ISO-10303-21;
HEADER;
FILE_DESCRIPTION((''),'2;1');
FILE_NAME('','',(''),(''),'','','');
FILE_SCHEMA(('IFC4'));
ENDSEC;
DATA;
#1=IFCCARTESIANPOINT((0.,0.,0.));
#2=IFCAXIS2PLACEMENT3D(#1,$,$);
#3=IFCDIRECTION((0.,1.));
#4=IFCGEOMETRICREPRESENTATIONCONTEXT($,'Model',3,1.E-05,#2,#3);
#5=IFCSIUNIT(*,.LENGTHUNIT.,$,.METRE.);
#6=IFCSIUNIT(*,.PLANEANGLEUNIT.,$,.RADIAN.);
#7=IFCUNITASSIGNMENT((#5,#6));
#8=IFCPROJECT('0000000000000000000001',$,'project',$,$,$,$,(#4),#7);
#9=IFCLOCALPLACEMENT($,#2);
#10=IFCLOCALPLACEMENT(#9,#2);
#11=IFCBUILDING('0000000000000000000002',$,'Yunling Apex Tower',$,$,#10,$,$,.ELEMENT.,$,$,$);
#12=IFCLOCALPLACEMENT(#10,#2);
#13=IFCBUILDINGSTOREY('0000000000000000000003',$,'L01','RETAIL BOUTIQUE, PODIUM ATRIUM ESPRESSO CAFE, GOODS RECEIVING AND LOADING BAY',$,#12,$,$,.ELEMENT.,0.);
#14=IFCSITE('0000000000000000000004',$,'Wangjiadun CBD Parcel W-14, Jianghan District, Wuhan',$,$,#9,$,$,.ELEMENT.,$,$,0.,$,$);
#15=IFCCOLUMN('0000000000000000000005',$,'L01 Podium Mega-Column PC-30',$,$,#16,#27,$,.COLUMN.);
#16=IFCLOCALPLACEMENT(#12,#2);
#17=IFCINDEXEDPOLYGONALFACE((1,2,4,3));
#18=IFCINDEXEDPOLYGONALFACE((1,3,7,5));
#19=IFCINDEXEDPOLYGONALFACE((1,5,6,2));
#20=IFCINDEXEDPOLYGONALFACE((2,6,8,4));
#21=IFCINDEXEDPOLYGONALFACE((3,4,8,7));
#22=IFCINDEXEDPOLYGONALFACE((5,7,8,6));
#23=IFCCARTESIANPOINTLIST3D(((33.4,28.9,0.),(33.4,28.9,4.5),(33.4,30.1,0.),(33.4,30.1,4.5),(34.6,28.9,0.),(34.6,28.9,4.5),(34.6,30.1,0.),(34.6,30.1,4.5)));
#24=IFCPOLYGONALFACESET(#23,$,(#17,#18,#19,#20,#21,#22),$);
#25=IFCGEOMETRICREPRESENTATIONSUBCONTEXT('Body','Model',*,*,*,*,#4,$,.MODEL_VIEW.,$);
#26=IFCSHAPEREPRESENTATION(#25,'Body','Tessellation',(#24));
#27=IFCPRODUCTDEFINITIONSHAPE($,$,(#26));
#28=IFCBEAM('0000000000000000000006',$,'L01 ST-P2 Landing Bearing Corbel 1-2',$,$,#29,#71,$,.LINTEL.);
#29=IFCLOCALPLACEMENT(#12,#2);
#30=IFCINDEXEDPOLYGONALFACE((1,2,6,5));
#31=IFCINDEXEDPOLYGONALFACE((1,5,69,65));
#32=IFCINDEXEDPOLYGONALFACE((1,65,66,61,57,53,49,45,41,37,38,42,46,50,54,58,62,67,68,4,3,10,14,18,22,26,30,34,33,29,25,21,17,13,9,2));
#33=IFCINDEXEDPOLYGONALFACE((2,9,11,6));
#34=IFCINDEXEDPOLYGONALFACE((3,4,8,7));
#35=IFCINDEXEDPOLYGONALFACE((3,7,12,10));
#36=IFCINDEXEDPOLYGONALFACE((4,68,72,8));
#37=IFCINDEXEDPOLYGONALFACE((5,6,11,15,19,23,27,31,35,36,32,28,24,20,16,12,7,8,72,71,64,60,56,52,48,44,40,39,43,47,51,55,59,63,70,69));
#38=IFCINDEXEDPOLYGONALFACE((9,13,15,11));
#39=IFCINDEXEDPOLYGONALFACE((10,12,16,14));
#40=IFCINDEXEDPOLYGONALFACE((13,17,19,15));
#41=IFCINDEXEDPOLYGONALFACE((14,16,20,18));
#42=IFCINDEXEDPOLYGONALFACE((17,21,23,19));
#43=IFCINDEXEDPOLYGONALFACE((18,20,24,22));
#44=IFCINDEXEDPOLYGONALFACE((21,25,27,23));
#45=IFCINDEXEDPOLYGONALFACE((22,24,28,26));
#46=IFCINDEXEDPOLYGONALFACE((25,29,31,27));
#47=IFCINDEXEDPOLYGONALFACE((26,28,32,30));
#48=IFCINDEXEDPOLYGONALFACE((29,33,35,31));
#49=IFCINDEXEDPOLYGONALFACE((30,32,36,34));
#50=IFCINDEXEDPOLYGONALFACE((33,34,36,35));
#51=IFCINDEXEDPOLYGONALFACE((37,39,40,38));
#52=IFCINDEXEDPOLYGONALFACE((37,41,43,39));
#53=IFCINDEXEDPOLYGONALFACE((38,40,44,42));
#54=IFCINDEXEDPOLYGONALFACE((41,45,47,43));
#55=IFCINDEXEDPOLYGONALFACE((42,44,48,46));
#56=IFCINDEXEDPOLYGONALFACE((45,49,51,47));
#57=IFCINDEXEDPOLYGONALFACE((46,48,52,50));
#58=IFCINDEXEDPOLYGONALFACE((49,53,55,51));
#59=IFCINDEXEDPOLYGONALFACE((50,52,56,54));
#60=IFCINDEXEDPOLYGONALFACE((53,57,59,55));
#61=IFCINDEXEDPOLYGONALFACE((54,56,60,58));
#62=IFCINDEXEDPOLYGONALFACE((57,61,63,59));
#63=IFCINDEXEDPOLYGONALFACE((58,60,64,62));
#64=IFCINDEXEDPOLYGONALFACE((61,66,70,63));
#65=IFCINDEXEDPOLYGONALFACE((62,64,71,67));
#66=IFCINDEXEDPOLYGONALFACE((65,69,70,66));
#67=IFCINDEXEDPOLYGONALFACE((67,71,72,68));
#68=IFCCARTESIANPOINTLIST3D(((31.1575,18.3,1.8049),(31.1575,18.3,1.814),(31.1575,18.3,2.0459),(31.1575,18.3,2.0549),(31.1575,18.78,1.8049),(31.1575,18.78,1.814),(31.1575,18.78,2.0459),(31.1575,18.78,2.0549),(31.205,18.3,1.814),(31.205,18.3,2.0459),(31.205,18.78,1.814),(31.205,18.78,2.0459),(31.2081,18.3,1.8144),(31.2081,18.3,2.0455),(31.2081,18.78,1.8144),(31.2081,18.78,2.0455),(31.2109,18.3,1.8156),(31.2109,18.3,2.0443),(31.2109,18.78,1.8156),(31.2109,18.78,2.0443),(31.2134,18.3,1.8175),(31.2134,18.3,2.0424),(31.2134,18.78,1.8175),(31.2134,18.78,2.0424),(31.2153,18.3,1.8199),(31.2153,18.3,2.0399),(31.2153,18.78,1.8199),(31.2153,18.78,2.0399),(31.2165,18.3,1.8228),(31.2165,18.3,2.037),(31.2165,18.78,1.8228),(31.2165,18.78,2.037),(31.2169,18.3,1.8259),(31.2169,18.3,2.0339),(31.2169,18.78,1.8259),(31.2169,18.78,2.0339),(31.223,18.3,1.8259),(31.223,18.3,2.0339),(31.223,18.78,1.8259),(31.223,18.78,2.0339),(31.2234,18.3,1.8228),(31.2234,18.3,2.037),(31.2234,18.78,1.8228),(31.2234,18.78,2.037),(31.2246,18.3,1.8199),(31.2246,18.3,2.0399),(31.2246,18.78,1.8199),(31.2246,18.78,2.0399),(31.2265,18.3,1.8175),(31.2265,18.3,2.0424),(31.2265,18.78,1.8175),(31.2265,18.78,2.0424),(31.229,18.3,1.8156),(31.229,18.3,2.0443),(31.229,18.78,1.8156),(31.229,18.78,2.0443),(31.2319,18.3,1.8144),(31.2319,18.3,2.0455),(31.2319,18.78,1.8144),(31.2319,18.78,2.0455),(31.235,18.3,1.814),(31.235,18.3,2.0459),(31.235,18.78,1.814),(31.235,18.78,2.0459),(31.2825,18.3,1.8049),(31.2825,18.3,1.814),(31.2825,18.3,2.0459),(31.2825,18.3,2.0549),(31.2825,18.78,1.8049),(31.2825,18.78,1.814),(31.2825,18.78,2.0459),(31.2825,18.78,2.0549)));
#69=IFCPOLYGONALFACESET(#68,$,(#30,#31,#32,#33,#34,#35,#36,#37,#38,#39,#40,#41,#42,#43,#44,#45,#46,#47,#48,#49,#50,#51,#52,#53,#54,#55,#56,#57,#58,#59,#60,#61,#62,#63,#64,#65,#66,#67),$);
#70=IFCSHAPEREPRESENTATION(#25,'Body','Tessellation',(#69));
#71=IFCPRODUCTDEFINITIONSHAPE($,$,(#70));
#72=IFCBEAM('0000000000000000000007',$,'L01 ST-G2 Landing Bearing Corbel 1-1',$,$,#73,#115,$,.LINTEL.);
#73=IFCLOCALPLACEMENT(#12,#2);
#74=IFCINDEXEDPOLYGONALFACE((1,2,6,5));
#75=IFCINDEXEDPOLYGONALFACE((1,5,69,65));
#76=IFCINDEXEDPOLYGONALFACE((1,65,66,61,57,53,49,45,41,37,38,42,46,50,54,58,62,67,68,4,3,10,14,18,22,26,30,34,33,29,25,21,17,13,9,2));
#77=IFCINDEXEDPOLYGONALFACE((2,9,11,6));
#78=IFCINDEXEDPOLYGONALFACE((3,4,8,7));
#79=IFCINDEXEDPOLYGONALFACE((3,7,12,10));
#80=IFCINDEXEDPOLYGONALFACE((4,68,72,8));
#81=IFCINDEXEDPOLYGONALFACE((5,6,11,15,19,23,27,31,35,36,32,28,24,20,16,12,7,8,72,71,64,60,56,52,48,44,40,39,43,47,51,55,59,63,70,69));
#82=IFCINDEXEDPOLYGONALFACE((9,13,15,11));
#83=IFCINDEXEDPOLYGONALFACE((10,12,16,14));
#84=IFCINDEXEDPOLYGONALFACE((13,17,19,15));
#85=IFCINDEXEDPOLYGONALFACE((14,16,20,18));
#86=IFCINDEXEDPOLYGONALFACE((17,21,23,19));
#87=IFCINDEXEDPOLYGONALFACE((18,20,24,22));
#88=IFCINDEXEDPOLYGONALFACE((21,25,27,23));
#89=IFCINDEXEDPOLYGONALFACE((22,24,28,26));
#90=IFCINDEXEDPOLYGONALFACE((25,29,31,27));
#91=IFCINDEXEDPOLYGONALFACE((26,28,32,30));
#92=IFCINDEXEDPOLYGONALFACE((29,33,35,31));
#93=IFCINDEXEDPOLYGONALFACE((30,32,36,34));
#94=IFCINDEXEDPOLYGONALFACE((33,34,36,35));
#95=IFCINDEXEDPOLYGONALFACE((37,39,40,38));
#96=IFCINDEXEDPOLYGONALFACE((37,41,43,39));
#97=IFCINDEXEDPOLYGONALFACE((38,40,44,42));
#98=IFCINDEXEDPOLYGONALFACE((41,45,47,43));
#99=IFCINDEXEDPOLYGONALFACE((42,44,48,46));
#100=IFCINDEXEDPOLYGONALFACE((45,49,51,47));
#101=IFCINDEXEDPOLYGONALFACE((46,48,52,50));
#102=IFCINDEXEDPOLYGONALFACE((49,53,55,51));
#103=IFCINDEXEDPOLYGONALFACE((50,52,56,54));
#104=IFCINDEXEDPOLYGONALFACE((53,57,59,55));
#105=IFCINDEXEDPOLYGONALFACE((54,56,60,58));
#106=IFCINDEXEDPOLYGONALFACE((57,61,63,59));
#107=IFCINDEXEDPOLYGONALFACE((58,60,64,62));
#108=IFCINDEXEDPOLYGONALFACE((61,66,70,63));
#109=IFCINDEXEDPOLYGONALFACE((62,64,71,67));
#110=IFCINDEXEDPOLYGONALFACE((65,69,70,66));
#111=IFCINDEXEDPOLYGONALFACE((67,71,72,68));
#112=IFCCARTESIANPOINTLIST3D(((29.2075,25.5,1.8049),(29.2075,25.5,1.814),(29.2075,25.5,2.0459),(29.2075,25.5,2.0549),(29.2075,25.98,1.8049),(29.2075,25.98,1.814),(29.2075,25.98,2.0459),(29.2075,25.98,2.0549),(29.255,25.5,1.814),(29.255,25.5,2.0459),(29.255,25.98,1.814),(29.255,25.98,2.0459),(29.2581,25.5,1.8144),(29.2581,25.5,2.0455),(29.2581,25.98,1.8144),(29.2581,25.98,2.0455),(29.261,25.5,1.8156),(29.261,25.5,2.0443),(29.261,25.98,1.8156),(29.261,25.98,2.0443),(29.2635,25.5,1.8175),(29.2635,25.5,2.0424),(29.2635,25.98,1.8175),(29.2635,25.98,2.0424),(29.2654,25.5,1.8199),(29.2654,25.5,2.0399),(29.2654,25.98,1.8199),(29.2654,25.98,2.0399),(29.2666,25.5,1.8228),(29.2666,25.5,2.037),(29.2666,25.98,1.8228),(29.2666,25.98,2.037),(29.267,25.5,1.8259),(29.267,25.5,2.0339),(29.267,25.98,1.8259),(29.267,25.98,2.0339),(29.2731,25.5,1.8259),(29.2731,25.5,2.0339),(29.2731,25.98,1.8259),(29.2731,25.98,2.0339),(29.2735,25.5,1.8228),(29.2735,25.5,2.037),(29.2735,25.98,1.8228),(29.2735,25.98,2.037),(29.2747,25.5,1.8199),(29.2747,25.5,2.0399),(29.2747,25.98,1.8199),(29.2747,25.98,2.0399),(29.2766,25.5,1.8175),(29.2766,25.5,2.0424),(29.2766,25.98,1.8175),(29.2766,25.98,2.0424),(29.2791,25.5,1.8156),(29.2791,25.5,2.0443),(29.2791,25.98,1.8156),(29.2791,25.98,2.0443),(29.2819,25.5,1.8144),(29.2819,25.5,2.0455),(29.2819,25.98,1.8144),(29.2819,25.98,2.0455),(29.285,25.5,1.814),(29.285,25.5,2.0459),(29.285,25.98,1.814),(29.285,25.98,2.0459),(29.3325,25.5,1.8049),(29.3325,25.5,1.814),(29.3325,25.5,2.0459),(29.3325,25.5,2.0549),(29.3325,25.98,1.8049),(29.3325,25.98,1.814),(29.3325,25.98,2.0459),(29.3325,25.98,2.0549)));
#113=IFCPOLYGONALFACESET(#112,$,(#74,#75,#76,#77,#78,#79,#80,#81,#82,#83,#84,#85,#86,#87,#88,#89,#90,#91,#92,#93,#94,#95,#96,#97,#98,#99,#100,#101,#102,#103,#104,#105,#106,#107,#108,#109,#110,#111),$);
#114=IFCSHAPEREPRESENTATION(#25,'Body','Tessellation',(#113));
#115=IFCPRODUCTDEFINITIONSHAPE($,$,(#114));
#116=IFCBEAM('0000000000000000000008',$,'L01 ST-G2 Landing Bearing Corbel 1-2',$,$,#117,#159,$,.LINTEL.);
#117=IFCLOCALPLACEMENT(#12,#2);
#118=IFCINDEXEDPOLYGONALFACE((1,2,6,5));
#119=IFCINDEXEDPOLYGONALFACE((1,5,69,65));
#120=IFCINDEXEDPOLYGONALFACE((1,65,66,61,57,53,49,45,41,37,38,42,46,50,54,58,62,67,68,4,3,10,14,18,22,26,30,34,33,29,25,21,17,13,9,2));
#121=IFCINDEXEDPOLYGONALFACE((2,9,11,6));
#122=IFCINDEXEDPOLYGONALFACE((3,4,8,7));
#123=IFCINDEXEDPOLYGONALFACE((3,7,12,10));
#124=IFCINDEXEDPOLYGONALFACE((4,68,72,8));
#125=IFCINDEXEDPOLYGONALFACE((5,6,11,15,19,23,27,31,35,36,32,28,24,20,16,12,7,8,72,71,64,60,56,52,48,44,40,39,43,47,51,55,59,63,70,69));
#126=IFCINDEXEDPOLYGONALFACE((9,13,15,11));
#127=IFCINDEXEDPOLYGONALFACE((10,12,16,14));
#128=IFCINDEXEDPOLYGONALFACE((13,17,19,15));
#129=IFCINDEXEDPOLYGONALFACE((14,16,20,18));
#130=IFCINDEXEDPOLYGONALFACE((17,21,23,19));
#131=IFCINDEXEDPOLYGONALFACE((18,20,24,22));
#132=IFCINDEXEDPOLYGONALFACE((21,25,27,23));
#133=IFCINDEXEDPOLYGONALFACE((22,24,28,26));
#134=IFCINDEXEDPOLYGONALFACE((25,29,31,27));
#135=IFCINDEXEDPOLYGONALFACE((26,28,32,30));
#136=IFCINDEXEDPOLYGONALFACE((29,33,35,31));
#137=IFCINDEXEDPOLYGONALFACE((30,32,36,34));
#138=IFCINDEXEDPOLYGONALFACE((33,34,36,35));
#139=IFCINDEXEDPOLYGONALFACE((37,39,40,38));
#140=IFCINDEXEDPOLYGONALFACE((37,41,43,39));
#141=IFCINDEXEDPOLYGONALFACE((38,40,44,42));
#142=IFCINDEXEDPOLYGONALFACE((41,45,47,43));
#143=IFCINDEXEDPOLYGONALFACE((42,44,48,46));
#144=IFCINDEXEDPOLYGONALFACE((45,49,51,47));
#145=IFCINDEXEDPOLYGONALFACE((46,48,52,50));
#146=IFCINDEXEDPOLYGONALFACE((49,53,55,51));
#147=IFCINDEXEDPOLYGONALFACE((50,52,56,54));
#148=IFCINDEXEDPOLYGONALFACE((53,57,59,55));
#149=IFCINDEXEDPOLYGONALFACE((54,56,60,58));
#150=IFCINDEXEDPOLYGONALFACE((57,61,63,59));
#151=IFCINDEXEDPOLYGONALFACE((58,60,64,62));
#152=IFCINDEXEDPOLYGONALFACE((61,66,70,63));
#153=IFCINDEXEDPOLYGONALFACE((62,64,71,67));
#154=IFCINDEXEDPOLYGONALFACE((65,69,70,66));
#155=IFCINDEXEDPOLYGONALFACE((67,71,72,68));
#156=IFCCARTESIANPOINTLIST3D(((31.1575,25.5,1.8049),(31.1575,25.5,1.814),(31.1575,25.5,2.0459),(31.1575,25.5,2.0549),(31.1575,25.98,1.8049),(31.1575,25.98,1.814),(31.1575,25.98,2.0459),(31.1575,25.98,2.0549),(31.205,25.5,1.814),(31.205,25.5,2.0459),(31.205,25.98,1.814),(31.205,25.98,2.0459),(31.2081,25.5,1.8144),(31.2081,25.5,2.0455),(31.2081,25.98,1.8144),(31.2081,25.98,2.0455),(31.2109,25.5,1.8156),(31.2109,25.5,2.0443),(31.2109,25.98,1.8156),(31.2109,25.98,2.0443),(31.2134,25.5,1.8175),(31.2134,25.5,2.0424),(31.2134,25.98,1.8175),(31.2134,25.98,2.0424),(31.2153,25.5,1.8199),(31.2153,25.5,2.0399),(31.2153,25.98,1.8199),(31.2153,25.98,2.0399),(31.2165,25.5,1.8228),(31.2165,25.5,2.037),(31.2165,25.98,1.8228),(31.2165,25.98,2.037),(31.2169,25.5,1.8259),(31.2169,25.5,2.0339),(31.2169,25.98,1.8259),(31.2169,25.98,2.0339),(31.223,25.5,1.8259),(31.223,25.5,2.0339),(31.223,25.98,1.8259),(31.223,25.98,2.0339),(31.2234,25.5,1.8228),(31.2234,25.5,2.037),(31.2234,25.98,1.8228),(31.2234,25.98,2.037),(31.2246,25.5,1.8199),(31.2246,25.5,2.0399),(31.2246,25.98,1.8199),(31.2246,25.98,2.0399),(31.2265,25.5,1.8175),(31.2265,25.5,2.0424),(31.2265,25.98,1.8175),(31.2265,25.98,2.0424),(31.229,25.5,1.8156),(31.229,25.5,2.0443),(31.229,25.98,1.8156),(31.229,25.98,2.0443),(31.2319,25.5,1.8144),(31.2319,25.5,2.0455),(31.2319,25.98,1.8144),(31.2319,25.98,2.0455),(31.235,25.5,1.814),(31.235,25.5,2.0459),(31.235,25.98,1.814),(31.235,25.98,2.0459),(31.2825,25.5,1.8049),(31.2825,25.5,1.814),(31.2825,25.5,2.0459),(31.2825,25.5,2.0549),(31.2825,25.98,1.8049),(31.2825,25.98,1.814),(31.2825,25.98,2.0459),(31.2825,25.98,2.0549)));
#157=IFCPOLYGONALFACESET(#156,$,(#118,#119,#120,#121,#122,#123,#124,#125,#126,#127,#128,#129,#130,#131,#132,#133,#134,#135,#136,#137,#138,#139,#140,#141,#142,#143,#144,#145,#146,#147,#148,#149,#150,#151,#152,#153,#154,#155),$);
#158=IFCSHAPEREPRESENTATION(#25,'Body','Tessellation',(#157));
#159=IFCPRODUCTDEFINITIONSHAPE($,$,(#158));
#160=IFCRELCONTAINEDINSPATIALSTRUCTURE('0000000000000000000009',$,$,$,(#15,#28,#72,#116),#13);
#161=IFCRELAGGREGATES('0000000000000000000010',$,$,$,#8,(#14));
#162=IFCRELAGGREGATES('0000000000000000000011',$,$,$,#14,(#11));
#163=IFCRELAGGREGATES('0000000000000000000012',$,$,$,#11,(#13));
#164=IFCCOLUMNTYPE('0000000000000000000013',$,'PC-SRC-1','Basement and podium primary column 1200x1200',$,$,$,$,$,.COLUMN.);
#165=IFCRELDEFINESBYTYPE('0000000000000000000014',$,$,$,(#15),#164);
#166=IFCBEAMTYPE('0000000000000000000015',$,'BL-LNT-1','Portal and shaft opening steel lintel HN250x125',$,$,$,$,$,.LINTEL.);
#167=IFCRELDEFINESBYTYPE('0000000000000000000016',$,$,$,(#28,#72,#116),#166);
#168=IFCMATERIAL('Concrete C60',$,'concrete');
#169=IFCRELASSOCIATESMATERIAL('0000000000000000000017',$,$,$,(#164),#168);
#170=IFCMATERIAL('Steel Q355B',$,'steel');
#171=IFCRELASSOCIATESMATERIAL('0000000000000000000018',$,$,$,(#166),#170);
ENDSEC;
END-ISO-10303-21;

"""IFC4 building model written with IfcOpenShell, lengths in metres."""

from ifc_helpers import new_model, si_unit, direction, frame, origin, origin_2d, place, context, subcontext, project, spatial, rectangle, i_section, extrude, source, transform, mapped, material, material_profile, profile_set, type_object, element, save


model = new_model("IFC4")

# Units and contexts
model_context = context("Model", 3, precision=1e-05, world=origin(), true_north=direction((0.0, 1.0)))
body_context = subcontext(model_context, "Body", "Model", "MODEL_VIEW")
ifc_project = project(units=[si_unit("LENGTHUNIT", "METRE"), si_unit("PLANEANGLEUNIT", "RADIAN")], contexts=[model_context])

# Site, building, storey
site_placement = place(None, origin())
site = spatial("IfcSite", under=ifc_project, at=site_placement, Name="Wangjiadun CBD Parcel W-14, Jianghan District, Wuhan", CompositionType="ELEMENT", RefElevation=0.0)
building_placement = place(site_placement, origin())
building = spatial("IfcBuilding", under=site, at=building_placement, Name="Yunling Apex Tower", CompositionType="ELEMENT")
storey_placement = place(building_placement, origin())
storey = spatial("IfcBuildingStorey", under=building, at=storey_placement, Name="L01", Description="RETAIL BOUTIQUE, PODIUM ATRIUM ESPRESSO CAFE, GOODS RECEIVING AND LOADING BAY", CompositionType="ELEMENT", Elevation=0.0)

# Column
ifc_material_1 = material(Name="Concrete C60", Category="concrete")
ifc_material_profile_1 = material_profile(ifc_material_1, rectangle(XDim=1.2, YDim=1.2, at=origin_2d()))
ifc_profile_set_1 = profile_set([ifc_material_profile_1], Name="Concrete C60")
column_type = type_object("IfcColumnType", Name="PC-SRC-1", Description="Basement and podium primary column 1200x1200", PredefinedType="COLUMN", material=ifc_profile_set_1)
shared_shape_1 = source(origin(), body_context, "Body", "SweptSolid", [
    extrude(rectangle(XDim=1.2, YDim=1.2, at=origin_2d()), origin(), (0.0, 0.0, 1.0), 4.5),
])
column_placement = place(storey_placement, frame((34.0, 29.5, 0.0), z_axis=(0.0, 0.0, 1.0), x_axis=(1.0, 0.0, 0.0)))
element("IfcColumn", 1, at=column_placement, inside=storey, type_object=column_type, Name="L01 Podium Mega-Column PC-30", PredefinedType="COLUMN", context=body_context, shape_type="MappedRepresentation", body=[
    mapped(shared_shape_1, transform((0.0, 0.0, 0.0), scale=1.0)),
])

# Beams
ifc_material_2 = material(Name="Steel Q355B", Category="steel")
ifc_material_profile_2 = material_profile(ifc_material_2, i_section(OverallWidth=0.125, OverallDepth=0.25, WebThickness=0.0061, FlangeThickness=0.009, FilletRadius=0.012, at=origin_2d()))
ifc_profile_set_2 = profile_set([ifc_material_profile_2], Name="Steel Q355B")
beam_type_1 = type_object("IfcBeamType", Name="BL-LNT-1", Description="Portal and shaft opening steel lintel HN250x125", PredefinedType="LINTEL", material=ifc_profile_set_2)
shared_shape_2 = source(origin(), body_context, "Body", "SweptSolid", [
    extrude(i_section(OverallWidth=0.125, OverallDepth=0.25, WebThickness=0.0061, FlangeThickness=0.009, FilletRadius=0.012, at=origin_2d()), origin(), (0.0, 0.0, 1.0), 0.48),
])
for number, where, z_axis, x_axis, name in (
    (2, (31.22, 18.78, 1.9299), (0.0, -1.0, 0.0), (1.0, 0.0, 0.0), "L01 ST-P2 Landing Bearing Corbel 1-2"),
    (3, (29.27, 25.98, 1.9299), (0.0, -1.0, 0.0), (1.0, 0.0, 0.0), "L01 ST-G2 Landing Bearing Corbel 1-1"),
    (4, (31.22, 25.98, 1.9299), (0.0, -1.0, 0.0), (1.0, 0.0, 0.0), "L01 ST-G2 Landing Bearing Corbel 1-2"),
):
    element("IfcBeam", number, at=place(storey_placement, frame(where, z_axis=z_axis, x_axis=x_axis)), inside=storey, type_object=beam_type_1, Name=name, PredefinedType="LINTEL", context=body_context, shape_type="MappedRepresentation", body=[
        mapped(shared_shape_2, transform((0.0, 0.0, 0.0), scale=1.0)),
    ])

save(model, "model.ifc")
